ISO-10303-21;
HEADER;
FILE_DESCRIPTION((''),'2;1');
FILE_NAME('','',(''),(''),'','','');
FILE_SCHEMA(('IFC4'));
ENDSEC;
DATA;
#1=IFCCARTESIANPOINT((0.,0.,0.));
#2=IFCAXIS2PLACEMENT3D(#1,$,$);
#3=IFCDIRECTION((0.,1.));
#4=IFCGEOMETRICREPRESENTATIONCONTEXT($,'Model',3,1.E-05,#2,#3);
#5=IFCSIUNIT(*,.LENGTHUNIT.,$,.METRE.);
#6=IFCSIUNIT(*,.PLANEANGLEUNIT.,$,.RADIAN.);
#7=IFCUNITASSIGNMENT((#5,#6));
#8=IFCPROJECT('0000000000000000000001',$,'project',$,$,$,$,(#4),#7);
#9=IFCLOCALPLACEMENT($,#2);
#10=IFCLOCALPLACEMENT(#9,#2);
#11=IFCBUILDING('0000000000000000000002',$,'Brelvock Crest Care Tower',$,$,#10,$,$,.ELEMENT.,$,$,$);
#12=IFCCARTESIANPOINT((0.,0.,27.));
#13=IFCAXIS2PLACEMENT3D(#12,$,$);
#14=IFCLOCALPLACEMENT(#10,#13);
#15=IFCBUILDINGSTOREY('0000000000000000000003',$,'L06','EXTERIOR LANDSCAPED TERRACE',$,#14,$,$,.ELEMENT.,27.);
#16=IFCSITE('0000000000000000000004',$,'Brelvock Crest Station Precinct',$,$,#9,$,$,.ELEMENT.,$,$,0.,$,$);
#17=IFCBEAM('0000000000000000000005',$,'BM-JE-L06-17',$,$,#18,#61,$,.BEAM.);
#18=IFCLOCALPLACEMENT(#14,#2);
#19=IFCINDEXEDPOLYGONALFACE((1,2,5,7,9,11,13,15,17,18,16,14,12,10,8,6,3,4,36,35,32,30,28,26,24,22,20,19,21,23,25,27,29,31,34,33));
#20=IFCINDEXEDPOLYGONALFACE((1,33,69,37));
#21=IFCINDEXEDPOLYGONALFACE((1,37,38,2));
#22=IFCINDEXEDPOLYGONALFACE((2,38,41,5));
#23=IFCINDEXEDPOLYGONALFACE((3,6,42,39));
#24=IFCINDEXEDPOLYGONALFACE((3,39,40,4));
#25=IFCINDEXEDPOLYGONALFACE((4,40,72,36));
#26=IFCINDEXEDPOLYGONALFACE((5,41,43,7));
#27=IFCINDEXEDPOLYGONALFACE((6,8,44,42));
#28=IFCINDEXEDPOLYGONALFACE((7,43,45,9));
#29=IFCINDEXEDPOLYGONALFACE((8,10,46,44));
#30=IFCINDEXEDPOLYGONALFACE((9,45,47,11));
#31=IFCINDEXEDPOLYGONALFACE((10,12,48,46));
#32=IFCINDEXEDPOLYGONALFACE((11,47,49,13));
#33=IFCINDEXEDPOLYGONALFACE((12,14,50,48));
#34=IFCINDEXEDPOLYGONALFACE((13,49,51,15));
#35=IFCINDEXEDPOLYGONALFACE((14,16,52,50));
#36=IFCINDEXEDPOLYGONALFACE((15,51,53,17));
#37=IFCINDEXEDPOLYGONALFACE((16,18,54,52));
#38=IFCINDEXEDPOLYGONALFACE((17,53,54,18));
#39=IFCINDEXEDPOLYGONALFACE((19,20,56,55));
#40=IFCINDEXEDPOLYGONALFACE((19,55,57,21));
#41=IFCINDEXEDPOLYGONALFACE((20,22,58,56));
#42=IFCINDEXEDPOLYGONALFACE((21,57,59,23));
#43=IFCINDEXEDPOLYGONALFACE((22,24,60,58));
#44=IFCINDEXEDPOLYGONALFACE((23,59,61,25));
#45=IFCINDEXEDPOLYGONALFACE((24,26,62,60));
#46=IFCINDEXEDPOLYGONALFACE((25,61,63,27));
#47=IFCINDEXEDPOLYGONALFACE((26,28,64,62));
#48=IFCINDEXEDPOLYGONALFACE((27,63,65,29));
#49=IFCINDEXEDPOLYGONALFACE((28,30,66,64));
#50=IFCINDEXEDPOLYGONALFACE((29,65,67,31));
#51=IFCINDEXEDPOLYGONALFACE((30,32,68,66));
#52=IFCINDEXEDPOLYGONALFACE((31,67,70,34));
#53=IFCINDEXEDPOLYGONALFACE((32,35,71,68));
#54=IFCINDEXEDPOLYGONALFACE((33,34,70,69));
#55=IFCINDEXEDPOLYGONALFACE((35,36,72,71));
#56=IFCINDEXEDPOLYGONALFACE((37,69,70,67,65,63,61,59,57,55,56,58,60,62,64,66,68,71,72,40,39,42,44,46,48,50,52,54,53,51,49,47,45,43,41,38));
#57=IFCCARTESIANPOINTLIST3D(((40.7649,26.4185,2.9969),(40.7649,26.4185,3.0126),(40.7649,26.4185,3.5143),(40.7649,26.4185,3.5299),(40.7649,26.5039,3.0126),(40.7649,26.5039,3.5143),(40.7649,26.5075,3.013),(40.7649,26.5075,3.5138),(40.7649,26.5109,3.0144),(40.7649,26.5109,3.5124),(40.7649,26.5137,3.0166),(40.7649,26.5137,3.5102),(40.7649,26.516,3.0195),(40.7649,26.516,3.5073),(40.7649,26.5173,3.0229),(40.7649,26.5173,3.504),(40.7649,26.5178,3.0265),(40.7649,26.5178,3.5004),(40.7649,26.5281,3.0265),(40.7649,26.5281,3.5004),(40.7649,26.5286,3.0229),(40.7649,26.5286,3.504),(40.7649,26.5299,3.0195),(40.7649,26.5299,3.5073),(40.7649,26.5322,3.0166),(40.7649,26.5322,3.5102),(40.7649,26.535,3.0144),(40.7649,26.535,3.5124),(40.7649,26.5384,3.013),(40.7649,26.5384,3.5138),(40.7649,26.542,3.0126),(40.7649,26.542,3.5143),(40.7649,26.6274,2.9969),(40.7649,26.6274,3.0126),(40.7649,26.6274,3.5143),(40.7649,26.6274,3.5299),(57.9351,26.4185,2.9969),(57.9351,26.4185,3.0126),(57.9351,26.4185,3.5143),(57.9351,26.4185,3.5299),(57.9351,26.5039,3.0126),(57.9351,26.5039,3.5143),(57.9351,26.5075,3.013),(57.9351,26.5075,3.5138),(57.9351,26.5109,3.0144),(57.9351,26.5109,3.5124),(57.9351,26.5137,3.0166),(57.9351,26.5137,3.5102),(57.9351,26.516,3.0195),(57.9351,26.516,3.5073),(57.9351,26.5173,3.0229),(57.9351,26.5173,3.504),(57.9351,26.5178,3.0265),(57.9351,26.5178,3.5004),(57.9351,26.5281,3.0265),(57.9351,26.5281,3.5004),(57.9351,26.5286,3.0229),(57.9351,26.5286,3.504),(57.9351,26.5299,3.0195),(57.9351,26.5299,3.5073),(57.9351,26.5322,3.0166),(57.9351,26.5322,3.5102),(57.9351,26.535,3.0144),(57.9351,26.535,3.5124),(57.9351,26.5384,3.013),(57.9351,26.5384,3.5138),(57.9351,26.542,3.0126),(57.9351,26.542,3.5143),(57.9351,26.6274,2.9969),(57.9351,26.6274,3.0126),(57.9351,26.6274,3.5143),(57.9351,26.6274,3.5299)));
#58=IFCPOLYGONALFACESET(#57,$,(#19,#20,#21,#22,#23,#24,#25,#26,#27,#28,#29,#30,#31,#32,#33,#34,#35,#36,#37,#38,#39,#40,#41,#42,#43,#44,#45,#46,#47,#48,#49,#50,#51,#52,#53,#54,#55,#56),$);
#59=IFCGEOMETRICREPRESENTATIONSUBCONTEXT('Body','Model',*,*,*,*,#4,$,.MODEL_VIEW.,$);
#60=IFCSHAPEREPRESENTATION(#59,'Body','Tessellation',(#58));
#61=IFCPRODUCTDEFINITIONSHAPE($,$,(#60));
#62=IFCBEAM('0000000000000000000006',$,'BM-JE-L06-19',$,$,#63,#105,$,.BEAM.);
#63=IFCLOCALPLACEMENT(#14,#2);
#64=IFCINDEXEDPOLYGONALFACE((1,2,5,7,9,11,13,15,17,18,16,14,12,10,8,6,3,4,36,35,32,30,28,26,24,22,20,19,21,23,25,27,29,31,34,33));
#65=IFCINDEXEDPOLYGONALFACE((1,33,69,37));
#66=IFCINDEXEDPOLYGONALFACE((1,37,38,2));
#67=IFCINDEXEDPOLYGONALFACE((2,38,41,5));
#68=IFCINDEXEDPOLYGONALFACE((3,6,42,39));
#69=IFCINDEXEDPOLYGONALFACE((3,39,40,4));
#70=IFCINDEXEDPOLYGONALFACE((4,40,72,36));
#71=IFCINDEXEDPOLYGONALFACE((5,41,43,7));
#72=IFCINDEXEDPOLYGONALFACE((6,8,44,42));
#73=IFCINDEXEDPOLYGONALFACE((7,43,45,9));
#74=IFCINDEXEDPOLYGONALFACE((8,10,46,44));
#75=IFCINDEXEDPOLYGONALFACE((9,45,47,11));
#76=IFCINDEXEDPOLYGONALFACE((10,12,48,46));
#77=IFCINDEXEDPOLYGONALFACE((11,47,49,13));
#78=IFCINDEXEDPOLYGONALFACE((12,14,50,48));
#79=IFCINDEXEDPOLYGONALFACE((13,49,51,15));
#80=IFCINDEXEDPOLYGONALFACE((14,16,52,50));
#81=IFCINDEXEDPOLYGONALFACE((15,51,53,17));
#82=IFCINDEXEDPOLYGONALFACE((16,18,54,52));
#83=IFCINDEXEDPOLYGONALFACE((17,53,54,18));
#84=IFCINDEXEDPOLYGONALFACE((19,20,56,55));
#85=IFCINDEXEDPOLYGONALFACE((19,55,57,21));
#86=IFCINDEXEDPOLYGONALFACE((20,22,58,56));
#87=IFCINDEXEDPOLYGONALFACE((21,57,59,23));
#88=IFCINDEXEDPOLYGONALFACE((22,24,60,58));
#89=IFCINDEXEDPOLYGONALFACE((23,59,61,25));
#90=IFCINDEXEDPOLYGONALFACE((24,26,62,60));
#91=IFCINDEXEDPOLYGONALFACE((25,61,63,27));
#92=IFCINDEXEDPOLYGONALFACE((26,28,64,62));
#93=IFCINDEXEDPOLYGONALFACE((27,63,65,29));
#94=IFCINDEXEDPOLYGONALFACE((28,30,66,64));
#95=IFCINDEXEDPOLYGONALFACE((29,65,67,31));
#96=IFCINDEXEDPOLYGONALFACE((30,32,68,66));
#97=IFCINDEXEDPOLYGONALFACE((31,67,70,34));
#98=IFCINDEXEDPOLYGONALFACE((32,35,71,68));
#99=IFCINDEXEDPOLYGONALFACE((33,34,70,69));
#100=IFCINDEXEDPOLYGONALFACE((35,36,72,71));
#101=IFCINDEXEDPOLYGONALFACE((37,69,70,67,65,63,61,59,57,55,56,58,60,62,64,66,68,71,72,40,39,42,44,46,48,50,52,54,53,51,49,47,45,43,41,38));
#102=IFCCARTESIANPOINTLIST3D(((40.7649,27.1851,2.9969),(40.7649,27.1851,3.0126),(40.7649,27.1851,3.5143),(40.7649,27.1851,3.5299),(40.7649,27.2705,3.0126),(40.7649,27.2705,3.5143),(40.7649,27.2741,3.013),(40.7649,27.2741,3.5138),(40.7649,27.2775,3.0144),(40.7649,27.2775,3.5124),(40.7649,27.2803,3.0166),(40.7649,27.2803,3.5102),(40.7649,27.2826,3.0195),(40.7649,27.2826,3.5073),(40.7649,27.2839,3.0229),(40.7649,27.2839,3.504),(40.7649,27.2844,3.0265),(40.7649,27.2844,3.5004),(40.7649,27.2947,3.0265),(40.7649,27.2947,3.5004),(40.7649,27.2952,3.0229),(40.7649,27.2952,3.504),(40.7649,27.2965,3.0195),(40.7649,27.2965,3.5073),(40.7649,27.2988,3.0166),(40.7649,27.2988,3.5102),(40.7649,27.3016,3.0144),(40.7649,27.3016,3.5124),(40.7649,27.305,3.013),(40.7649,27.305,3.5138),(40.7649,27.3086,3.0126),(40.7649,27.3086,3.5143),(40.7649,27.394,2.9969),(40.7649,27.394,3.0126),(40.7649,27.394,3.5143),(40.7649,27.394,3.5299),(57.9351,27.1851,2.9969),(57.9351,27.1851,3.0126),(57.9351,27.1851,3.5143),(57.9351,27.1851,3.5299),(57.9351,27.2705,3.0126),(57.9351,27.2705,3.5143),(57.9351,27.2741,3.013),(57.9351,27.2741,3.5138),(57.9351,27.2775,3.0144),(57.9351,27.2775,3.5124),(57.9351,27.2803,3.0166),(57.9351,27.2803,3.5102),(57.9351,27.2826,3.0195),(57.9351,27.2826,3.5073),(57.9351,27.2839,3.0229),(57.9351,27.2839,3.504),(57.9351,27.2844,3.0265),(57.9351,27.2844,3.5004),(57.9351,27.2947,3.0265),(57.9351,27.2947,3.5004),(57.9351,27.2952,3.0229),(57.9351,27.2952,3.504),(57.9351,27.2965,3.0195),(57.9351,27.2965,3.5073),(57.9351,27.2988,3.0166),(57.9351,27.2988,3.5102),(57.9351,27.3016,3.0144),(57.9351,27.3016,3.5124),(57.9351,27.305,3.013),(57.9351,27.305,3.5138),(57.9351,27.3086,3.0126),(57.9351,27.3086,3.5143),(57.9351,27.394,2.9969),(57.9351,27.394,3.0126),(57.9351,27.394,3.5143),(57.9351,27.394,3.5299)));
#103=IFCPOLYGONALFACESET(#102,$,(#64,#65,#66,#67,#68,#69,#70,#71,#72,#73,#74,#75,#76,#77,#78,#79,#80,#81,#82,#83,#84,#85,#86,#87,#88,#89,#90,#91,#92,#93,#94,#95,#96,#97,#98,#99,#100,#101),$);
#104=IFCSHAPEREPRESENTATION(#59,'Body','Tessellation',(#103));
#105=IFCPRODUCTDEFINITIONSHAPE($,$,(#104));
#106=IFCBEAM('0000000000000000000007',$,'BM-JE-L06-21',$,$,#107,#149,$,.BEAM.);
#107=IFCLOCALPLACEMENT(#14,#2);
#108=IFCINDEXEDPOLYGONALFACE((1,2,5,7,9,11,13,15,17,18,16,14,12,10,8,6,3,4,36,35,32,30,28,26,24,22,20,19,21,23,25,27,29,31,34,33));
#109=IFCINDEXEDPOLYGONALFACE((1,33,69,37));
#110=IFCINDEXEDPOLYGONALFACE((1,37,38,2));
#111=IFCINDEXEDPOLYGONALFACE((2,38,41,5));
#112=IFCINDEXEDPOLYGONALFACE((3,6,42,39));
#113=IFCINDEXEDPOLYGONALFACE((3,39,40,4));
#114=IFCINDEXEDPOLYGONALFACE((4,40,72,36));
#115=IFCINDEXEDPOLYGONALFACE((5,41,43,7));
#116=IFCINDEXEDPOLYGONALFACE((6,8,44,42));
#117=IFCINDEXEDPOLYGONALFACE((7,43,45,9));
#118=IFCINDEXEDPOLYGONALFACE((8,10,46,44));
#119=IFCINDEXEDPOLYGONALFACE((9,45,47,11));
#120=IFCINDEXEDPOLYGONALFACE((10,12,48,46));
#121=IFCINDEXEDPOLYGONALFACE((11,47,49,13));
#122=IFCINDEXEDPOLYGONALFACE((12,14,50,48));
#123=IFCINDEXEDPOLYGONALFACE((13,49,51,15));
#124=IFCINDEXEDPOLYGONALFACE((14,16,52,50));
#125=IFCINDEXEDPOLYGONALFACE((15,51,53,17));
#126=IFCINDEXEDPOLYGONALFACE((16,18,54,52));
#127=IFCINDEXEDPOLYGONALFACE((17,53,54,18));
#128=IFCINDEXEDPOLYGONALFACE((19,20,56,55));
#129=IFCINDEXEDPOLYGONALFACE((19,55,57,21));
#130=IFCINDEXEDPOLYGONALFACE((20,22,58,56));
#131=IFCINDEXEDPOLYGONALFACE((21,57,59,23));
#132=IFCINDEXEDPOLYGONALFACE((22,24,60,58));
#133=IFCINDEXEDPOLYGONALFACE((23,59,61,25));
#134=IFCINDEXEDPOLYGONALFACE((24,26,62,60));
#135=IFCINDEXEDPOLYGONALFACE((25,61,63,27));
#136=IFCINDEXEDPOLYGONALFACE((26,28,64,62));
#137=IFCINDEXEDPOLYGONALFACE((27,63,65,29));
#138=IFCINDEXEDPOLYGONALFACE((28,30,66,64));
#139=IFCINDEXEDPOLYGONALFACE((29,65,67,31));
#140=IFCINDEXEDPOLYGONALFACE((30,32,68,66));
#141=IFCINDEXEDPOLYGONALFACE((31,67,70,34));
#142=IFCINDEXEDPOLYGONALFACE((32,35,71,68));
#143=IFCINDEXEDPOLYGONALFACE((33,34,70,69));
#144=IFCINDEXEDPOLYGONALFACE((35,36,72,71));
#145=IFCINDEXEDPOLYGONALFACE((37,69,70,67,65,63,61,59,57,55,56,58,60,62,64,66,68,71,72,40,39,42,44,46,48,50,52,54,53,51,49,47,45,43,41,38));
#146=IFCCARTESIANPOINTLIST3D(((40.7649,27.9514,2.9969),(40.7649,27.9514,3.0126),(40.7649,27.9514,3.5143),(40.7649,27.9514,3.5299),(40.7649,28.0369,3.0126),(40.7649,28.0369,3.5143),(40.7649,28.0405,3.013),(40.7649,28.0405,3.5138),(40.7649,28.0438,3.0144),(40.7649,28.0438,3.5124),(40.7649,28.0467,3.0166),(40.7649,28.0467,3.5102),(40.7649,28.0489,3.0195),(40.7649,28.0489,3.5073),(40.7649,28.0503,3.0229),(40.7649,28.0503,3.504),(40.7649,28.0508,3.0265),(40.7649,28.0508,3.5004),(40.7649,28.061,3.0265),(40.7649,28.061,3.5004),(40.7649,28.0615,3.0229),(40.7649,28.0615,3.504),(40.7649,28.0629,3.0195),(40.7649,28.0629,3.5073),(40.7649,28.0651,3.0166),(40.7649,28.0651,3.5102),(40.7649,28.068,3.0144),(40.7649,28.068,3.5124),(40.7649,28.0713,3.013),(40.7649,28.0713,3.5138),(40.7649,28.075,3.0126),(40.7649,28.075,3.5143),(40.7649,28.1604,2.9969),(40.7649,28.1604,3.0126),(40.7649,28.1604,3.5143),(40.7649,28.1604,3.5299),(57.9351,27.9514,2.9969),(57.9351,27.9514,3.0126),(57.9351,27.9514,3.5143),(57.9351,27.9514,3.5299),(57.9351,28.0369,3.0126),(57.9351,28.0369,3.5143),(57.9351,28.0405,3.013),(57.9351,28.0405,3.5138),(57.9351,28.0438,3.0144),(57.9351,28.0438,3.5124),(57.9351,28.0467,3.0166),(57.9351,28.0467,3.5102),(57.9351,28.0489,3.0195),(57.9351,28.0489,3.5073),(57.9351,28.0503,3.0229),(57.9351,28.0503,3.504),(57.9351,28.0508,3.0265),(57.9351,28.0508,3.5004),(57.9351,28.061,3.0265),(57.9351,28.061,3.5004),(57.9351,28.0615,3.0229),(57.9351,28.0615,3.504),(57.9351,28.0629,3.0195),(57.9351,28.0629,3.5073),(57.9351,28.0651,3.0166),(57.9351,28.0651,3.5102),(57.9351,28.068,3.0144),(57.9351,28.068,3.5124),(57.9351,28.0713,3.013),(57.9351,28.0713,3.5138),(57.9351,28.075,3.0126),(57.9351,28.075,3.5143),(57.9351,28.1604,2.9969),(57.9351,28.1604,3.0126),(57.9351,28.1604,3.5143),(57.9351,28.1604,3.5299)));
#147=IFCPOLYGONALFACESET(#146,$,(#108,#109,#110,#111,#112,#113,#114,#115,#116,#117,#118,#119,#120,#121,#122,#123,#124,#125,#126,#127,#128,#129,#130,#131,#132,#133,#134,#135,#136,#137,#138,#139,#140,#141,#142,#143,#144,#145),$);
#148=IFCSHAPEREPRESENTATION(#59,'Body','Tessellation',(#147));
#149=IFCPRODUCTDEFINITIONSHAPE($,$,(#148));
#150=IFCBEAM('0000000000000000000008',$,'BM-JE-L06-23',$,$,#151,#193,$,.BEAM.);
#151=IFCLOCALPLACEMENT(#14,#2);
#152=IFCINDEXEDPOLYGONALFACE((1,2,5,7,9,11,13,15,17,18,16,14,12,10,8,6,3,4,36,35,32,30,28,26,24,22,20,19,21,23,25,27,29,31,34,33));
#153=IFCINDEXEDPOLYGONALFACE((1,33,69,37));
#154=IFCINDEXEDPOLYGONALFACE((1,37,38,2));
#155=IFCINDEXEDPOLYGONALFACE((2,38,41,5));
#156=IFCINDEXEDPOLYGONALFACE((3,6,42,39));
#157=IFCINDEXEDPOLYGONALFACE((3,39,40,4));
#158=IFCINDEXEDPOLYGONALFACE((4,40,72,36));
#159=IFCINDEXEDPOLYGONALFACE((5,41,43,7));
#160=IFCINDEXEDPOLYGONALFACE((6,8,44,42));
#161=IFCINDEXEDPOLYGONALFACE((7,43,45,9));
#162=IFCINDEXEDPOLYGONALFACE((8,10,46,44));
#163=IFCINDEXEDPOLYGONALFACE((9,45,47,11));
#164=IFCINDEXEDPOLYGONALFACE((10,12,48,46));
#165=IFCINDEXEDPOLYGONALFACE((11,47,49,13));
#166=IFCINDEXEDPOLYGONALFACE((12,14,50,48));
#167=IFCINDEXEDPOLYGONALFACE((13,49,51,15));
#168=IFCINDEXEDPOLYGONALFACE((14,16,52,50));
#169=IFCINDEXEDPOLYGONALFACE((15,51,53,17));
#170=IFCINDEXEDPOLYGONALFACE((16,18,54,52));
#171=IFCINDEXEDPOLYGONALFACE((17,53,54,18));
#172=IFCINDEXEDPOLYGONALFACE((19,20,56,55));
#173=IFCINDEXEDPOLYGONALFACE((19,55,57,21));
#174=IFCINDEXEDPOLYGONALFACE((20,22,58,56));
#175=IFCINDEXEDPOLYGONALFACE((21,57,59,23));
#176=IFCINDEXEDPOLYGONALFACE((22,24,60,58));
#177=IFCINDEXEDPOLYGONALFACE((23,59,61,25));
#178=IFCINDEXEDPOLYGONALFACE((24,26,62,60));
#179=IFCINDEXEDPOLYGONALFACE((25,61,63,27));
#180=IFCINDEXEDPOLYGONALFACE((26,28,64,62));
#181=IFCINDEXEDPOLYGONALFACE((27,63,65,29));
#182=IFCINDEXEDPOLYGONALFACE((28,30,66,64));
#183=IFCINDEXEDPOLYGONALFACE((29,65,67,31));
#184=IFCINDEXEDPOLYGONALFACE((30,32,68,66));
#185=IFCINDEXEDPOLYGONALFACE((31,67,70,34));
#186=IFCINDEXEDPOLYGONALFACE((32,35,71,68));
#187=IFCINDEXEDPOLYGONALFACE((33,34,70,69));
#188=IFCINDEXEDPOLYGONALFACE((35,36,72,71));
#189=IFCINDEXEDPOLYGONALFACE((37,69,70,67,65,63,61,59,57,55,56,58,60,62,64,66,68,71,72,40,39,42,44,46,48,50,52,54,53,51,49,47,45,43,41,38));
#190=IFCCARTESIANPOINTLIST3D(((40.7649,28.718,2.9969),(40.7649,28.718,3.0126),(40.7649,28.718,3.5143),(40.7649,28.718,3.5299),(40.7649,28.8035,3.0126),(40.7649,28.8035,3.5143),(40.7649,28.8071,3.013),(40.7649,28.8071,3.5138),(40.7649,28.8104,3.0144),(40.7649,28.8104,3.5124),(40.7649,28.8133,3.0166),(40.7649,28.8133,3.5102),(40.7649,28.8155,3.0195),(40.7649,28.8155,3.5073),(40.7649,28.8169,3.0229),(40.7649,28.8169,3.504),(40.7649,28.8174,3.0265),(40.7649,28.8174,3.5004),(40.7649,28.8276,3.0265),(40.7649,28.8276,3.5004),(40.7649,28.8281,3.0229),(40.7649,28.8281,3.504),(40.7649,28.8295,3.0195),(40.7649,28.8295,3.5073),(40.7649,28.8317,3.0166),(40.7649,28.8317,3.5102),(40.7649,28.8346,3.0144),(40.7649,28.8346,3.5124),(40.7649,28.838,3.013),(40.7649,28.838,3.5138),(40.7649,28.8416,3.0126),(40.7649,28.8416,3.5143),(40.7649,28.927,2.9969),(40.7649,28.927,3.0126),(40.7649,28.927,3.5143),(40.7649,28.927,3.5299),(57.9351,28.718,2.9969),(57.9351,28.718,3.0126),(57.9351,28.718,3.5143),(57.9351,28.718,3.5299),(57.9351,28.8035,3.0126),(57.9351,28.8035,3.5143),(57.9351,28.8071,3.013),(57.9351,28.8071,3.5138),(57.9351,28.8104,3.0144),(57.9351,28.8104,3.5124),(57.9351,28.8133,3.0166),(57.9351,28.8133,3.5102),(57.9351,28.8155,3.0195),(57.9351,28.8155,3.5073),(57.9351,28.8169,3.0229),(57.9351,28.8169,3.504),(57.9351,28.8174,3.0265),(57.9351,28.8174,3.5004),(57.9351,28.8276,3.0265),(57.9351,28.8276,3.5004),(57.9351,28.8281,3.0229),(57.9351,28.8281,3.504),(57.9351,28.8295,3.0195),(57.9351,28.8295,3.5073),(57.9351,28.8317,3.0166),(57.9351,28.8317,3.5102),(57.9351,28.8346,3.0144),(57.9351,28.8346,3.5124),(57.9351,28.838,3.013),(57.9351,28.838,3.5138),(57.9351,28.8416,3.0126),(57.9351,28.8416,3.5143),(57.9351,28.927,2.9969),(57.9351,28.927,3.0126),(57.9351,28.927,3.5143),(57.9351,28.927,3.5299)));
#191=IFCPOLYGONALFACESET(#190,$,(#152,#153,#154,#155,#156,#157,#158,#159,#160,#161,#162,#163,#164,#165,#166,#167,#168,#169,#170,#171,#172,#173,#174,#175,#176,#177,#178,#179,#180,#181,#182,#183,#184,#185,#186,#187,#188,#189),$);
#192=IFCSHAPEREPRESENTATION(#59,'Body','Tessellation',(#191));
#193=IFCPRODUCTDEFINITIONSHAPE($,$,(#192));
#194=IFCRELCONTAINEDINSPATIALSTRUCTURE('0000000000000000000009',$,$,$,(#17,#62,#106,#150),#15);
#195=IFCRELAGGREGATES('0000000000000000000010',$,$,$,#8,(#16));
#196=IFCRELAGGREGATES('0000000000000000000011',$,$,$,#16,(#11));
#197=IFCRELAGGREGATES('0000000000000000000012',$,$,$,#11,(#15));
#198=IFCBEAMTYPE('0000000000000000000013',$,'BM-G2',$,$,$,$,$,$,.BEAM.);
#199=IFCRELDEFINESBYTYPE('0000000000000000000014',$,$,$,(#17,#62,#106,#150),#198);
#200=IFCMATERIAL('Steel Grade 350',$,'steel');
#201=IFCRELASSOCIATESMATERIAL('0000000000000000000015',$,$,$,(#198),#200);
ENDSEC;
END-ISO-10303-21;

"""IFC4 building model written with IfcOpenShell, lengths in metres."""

from ifc_helpers import new_model, si_unit, direction, frame, origin, origin_2d, place, context, subcontext, project, spatial, i_section, extrude, source, transform, mapped, material, material_profile, profile_set, type_object, element, save


model = new_model("IFC4")

# Units and contexts
model_context = context("Model", 3, precision=1e-05, world=origin(), true_north=direction((0.0, 1.0)))
body_context = subcontext(model_context, "Body", "Model", "MODEL_VIEW")
ifc_project = project(units=[si_unit("LENGTHUNIT", "METRE"), si_unit("PLANEANGLEUNIT", "RADIAN")], contexts=[model_context])

# Site, building, storey
site_placement = place(None, origin())
site = spatial("IfcSite", under=ifc_project, at=site_placement, Name="Brelvock Crest Station Precinct", CompositionType="ELEMENT", RefElevation=0.0)
building_placement = place(site_placement, origin())
building = spatial("IfcBuilding", under=site, at=building_placement, Name="Brelvock Crest Care Tower", CompositionType="ELEMENT")
storey_placement = place(building_placement, frame((0.0, 0.0, 27.0)))
storey = spatial("IfcBuildingStorey", under=building, at=storey_placement, Name="L06", Description="EXTERIOR LANDSCAPED TERRACE", CompositionType="ELEMENT", Elevation=27.0)

# Beams
ifc_material_1 = material(Name="Steel Grade 350", Category="steel")
ifc_material_profile_1 = material_profile(ifc_material_1, i_section(OverallWidth=0.209, OverallDepth=0.533, WebThickness=0.0103, FlangeThickness=0.0156, FilletRadius=0.0139, at=origin_2d()), Name="530UB92.4")
ifc_profile_set_1 = profile_set([ifc_material_profile_1], Name="Steel Grade 350")
beam_type_1 = type_object("IfcBeamType", Name="BM-G2", PredefinedType="BEAM", material=ifc_profile_set_1)
shared_shape_1 = source(origin(), body_context, "Body", "SweptSolid", [
    extrude(i_section(OverallWidth=0.209, OverallDepth=0.533, WebThickness=0.0103, FlangeThickness=0.0156, FilletRadius=0.0139, at=origin_2d()), origin(), (0.0, 0.0, 1.0), 17.1702),
])
for number, where, z_axis, x_axis, name in (
    (1, (40.7649, 26.5229, 3.2634), (1.0, 0.0, 0.0), (0.0, 1.0, 0.0), "BM-JE-L06-17"),
    (2, (40.7649, 27.2896, 3.2634), (1.0, 0.0, 0.0), (0.0, 1.0, 0.0), "BM-JE-L06-19"),
    (3, (40.7649, 28.0559, 3.2634), (1.0, 0.0, 0.0), (0.0, 1.0, 0.0), "BM-JE-L06-21"),
    (4, (40.7649, 28.8225, 3.2634), (1.0, 0.0, 0.0), (0.0, 1.0, 0.0), "BM-JE-L06-23"),
):
    element("IfcBeam", number, at=place(storey_placement, frame(where, z_axis=z_axis, x_axis=x_axis)), inside=storey, type_object=beam_type_1, Name=name, PredefinedType="BEAM", context=body_context, shape_type="MappedRepresentation", body=[
        mapped(shared_shape_1, transform((0.0, 0.0, 0.0), x_axis=(1.0, 0.0, 0.0), y_axis=(0.0, 1.0, 0.0), z_axis=(0.0, 0.0, 1.0), scale=1.0)),
    ])

save(model, "model.ifc")
